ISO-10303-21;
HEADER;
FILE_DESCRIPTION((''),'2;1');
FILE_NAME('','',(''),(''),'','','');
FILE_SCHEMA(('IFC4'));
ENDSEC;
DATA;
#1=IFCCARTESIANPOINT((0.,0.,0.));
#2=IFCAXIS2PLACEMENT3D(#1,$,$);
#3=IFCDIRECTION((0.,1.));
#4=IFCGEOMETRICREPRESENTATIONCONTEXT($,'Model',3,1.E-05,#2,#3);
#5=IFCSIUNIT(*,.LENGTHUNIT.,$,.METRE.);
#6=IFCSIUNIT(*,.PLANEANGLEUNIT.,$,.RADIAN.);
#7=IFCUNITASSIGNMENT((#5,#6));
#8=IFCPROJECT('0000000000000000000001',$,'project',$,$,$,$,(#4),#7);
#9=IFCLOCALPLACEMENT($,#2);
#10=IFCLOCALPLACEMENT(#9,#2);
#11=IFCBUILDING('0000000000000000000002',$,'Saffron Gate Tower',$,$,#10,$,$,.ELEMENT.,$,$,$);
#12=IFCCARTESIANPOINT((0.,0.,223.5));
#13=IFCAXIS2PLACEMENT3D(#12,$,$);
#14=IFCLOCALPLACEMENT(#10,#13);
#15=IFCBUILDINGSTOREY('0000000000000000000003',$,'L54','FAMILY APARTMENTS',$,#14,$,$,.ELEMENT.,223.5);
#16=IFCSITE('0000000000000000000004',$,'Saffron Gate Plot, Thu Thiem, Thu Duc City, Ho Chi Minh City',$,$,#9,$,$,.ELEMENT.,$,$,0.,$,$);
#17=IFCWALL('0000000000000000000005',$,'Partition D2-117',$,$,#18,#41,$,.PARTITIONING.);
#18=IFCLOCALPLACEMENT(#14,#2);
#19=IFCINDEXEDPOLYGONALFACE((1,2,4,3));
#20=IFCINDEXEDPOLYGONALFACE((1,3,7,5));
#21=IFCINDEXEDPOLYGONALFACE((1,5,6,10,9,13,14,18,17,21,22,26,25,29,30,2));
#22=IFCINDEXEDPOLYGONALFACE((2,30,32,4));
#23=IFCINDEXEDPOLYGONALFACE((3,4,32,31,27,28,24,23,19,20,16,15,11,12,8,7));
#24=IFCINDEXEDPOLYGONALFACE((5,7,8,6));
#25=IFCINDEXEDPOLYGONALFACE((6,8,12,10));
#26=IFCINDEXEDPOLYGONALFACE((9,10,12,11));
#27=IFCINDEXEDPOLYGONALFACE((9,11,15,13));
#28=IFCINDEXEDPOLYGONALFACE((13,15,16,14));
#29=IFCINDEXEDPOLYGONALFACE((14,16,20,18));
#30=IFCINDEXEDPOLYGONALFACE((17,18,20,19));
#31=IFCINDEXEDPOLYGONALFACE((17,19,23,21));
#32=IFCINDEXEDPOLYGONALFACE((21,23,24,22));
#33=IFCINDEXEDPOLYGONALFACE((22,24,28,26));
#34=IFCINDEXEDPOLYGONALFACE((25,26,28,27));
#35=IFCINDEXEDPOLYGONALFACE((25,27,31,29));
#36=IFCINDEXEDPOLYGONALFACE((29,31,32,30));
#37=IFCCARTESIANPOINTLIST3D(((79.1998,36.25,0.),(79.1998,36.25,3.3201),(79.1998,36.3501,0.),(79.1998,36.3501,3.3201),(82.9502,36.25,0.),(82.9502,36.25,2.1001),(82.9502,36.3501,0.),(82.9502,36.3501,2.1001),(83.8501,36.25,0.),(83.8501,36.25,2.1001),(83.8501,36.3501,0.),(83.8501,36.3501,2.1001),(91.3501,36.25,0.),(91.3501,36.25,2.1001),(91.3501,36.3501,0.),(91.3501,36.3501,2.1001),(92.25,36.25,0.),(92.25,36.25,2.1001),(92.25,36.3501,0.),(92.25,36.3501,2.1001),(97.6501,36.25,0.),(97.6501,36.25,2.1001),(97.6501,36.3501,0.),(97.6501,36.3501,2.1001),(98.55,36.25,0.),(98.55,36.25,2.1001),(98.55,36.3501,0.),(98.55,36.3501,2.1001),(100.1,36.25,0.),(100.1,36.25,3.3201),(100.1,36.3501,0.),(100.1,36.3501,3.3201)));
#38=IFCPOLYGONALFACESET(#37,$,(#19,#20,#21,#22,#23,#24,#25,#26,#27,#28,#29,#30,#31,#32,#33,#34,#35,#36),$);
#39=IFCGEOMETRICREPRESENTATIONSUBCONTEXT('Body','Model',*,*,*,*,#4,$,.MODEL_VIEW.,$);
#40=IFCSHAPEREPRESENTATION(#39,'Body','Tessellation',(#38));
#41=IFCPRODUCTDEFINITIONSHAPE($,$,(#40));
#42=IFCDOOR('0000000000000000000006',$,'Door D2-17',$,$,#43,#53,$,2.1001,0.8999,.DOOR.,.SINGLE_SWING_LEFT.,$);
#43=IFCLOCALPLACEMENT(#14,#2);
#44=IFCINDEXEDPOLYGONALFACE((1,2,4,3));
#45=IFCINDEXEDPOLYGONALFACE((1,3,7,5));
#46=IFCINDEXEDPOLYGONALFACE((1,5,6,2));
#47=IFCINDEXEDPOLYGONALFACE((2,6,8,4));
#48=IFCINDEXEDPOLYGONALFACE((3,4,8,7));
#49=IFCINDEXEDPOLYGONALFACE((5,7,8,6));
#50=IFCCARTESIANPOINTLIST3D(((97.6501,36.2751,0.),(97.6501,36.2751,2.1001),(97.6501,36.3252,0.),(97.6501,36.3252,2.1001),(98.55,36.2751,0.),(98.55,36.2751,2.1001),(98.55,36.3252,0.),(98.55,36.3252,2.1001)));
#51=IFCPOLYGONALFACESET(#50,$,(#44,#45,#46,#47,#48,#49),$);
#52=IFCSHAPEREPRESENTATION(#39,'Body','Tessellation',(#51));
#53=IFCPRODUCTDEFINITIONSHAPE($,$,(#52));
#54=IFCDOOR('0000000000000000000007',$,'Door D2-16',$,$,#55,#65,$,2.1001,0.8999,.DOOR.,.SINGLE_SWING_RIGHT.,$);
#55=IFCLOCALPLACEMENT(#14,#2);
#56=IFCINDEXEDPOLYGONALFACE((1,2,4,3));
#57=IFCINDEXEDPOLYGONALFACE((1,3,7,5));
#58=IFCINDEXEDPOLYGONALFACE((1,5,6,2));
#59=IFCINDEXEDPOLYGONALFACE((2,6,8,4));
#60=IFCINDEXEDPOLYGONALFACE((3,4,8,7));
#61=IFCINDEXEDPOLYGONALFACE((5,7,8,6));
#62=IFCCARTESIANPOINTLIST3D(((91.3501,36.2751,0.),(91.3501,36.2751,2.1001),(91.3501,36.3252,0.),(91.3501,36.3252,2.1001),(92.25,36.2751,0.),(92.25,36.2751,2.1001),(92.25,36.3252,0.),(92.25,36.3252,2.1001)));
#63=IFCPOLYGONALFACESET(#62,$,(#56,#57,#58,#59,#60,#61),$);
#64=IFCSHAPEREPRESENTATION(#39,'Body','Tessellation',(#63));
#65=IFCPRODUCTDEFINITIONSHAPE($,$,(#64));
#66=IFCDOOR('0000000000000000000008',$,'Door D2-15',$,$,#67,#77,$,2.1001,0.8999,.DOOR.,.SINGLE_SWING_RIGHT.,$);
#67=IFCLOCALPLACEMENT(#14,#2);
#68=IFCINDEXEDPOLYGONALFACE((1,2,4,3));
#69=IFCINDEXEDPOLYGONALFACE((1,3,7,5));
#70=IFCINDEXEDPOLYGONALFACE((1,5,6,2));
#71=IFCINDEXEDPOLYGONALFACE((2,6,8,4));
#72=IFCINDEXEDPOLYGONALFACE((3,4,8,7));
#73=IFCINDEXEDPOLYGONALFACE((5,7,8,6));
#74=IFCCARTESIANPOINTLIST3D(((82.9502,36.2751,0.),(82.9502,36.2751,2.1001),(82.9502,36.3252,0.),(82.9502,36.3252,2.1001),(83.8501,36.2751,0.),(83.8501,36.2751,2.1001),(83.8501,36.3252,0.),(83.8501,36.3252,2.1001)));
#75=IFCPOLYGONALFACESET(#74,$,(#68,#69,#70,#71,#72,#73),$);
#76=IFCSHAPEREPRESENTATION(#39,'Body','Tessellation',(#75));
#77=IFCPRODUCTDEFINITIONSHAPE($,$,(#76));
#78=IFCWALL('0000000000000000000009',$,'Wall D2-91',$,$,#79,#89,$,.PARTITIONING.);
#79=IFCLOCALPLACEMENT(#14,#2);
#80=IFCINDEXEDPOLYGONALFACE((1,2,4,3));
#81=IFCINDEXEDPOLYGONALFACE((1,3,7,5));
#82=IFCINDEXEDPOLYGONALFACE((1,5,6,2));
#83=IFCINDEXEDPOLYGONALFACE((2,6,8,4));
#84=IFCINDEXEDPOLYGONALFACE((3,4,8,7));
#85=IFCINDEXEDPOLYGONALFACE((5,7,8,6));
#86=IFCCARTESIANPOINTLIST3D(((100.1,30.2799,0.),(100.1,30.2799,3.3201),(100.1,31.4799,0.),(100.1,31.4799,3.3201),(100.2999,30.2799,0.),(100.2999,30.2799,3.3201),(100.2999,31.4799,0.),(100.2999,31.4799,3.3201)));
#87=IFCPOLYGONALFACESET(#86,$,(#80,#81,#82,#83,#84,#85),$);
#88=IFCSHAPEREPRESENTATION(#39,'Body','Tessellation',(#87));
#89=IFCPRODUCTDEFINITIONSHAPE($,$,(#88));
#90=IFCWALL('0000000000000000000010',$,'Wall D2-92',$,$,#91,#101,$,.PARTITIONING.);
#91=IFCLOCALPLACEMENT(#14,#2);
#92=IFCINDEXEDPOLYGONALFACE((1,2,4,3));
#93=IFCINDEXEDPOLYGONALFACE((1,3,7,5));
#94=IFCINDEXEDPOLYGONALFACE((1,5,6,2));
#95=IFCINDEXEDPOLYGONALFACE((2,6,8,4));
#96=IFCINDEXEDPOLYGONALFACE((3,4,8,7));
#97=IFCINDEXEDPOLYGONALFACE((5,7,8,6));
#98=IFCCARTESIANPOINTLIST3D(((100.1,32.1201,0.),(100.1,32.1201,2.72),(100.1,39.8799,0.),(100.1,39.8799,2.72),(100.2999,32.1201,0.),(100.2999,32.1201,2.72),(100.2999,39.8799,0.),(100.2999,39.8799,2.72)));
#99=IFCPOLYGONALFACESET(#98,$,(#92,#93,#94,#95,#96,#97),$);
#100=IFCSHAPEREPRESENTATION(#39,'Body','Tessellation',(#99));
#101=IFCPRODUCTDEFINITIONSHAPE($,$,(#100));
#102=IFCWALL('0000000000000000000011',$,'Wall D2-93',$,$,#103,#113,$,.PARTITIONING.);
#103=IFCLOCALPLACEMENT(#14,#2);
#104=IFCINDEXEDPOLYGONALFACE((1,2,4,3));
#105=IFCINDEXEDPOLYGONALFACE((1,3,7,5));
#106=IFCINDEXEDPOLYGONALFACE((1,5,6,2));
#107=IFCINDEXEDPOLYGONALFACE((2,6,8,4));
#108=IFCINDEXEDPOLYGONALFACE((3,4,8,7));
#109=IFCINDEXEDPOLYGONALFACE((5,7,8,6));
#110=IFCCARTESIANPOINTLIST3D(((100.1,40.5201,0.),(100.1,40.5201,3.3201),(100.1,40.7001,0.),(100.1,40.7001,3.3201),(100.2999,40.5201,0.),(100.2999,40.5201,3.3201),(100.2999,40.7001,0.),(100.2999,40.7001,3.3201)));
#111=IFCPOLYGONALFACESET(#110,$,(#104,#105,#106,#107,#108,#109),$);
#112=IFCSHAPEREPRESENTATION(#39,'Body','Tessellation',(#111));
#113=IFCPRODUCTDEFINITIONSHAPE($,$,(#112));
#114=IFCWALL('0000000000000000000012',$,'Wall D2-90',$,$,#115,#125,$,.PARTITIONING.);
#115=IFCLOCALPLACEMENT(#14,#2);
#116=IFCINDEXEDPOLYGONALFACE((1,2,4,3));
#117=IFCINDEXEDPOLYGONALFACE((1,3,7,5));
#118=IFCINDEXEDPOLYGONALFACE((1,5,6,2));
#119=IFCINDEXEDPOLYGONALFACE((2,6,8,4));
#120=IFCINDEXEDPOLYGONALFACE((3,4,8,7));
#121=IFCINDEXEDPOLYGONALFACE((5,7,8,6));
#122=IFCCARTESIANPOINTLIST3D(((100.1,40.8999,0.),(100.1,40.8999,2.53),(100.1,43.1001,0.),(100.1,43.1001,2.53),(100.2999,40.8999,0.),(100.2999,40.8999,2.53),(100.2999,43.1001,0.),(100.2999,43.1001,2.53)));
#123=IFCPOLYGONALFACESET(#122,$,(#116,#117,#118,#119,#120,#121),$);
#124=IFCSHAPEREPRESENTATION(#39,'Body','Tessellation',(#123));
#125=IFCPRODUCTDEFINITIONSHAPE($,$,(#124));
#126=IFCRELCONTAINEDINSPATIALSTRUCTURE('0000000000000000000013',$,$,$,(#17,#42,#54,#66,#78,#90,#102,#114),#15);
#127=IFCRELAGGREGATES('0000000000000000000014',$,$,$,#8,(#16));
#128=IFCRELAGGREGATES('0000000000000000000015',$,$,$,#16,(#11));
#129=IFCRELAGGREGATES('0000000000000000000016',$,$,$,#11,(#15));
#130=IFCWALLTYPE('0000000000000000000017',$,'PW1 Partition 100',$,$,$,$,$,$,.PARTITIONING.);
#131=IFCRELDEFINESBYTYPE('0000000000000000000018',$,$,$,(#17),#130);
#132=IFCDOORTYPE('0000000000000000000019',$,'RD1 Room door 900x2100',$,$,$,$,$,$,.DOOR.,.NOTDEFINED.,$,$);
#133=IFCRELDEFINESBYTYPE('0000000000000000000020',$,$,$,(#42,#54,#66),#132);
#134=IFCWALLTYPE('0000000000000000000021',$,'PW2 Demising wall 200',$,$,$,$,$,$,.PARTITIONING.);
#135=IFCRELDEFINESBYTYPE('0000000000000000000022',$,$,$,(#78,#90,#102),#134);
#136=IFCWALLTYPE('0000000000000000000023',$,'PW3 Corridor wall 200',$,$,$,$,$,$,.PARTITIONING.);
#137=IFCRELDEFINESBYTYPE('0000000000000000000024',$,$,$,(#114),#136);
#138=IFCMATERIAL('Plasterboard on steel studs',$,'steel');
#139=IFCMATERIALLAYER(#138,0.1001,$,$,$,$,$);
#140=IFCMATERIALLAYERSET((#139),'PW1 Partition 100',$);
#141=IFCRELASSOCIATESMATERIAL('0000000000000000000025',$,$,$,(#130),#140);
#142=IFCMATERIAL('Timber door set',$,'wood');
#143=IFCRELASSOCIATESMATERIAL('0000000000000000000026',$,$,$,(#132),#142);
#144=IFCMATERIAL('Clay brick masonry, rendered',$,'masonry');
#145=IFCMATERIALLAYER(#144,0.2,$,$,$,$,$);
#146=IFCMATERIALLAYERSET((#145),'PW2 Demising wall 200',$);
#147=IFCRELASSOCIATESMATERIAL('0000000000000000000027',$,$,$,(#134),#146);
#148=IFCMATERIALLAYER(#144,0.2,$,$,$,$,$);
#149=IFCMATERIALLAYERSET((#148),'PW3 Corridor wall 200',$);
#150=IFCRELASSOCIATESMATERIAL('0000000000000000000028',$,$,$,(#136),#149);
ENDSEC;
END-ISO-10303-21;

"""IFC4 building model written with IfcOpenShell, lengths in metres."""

from ifc_helpers import new_model, si_unit, direction, frame, frame_2d, origin, place, context, subcontext, project, spatial, rectangle, extrude, material, layer, layer_set, type_object, element, fill, save


model = new_model("IFC4")

# Units and contexts
model_context = context("Model", 3, precision=1e-05, world=origin(), true_north=direction((0.0, 1.0)))
body_context = subcontext(model_context, "Body", "Model", "MODEL_VIEW")
ifc_project = project(units=[si_unit("LENGTHUNIT", "METRE"), si_unit("PLANEANGLEUNIT", "RADIAN")], contexts=[model_context])

# Site, building, storey
site_placement = place(None, origin())
site = spatial("IfcSite", under=ifc_project, at=site_placement, Name="Saffron Gate Plot, Thu Thiem, Thu Duc City, Ho Chi Minh City", CompositionType="ELEMENT", RefElevation=0.0)
building_placement = place(site_placement, origin())
building = spatial("IfcBuilding", under=site, at=building_placement, Name="Saffron Gate Tower", CompositionType="ELEMENT")
storey_placement = place(building_placement, frame((0.0, 0.0, 223.5)))
storey = spatial("IfcBuildingStorey", under=building, at=storey_placement, Name="L54", Description="FAMILY APARTMENTS", CompositionType="ELEMENT", Elevation=223.5)

# Shared definitions
ifc_material_1 = material(Name="Plasterboard on steel studs", Category="steel")
ifc_layer_1 = layer(ifc_material_1, 0.1001)
ifc_layer_set_1 = layer_set([ifc_layer_1], Name="PW1 Partition 100")
wall_type_1 = type_object("IfcWallType", Name="PW1 Partition 100", PredefinedType="PARTITIONING", material=ifc_layer_set_1)

# Wall, openings, doors
wall_1_placement = place(storey_placement, frame((100.1001, 36.3, 0.0), z_axis=(0.0, 0.0, 1.0), x_axis=(-1.0, 0.0, 0.0)))
wall_1 = element("IfcWall", 1, at=wall_1_placement, inside=storey, type_object=wall_type_1, Name="Partition D2-117", PredefinedType="PARTITIONING", context=body_context, shape_type="SweptSolid", body=[
    extrude(rectangle(XDim=20.9001, YDim=0.1001, at=frame_2d((10.4502, 0.0))), origin(), (0.0, 0.0, 1.0), 3.3201),
])
opening_1_placement = place(wall_1_placement, frame((1.55, 0.0, 0.0)))
opening_1 = element("IfcOpeningElement", 2, at=opening_1_placement, cuts=wall_1, PredefinedType="OPENING", context=body_context, shape_type="SweptSolid", body=[
    extrude(rectangle(XDim=0.8999, YDim=2.1001, at=frame_2d((0.45, 1.05))), frame((0.0, 0.0601, 0.0), z_axis=(0.0, -1.0, 0.0), x_axis=(1.0, 0.0, 0.0)), (0.0, 0.0, 1.0), 0.1201),
])
opening_2_placement = place(wall_1_placement, frame((7.8501, 0.0, 0.0)))
opening_2 = element("IfcOpeningElement", 3, at=opening_2_placement, cuts=wall_1, PredefinedType="OPENING", context=body_context, shape_type="SweptSolid", body=[
    extrude(rectangle(XDim=0.8999, YDim=2.1001, at=frame_2d((0.45, 1.05))), frame((0.0, 0.0601, 0.0), z_axis=(0.0, -1.0, 0.0), x_axis=(1.0, 0.0, 0.0)), (0.0, 0.0, 1.0), 0.1201),
])
opening_3_placement = place(wall_1_placement, frame((16.25, 0.0, 0.0)))
opening_3 = element("IfcOpeningElement", 4, at=opening_3_placement, cuts=wall_1, PredefinedType="OPENING", context=body_context, shape_type="SweptSolid", body=[
    extrude(rectangle(XDim=0.8999, YDim=2.1001, at=frame_2d((0.45, 1.05))), frame((0.0, 0.0601, 0.0), z_axis=(0.0, -1.0, 0.0), x_axis=(1.0, 0.0, 0.0)), (0.0, 0.0, 1.0), 0.1201),
])
ifc_material_2 = material(Name="Timber door set", Category="wood")
door_type = type_object("IfcDoorType", Name="RD1 Room door 900x2100", OperationType="NOTDEFINED", PredefinedType="DOOR", material=ifc_material_2)
door_1_placement = place(opening_1_placement, origin())
door_1 = element("IfcDoor", 5, at=door_1_placement, inside=storey, type_object=door_type, Name="Door D2-17", OperationType="SINGLE_SWING_LEFT", OverallHeight=2.1001, OverallWidth=0.8999, PredefinedType="DOOR", context=body_context, shape_type="SweptSolid", body=[
    extrude(rectangle(XDim=0.8999, YDim=2.1001, at=frame_2d((0.45, 1.05))), frame((0.0, 0.0249, 0.0), z_axis=(0.0, -1.0, 0.0), x_axis=(1.0, 0.0, 0.0)), (0.0, 0.0, 1.0), 0.05),
])
fill(opening_1, door_1)
door_2_placement = place(opening_2_placement, origin())
door_2 = element("IfcDoor", 6, at=door_2_placement, inside=storey, type_object=door_type, Name="Door D2-16", OperationType="SINGLE_SWING_RIGHT", OverallHeight=2.1001, OverallWidth=0.8999, PredefinedType="DOOR", context=body_context, shape_type="SweptSolid", body=[
    extrude(rectangle(XDim=0.8999, YDim=2.1001, at=frame_2d((0.45, 1.05))), frame((0.0, 0.0249, 0.0), z_axis=(0.0, -1.0, 0.0), x_axis=(1.0, 0.0, 0.0)), (0.0, 0.0, 1.0), 0.05),
])
fill(opening_2, door_2)
door_3_placement = place(opening_3_placement, origin())
door_3 = element("IfcDoor", 7, at=door_3_placement, inside=storey, type_object=door_type, Name="Door D2-15", OperationType="SINGLE_SWING_RIGHT", OverallHeight=2.1001, OverallWidth=0.8999, PredefinedType="DOOR", context=body_context, shape_type="SweptSolid", body=[
    extrude(rectangle(XDim=0.8999, YDim=2.1001, at=frame_2d((0.45, 1.05))), frame((0.0, 0.0249, 0.0), z_axis=(0.0, -1.0, 0.0), x_axis=(1.0, 0.0, 0.0)), (0.0, 0.0, 1.0), 0.05),
])
fill(opening_3, door_3)

# Walls
ifc_material_3 = material(Name="Clay brick masonry, rendered", Category="masonry")
ifc_layer_2 = layer(ifc_material_3, 0.2)
ifc_layer_set_2 = layer_set([ifc_layer_2], Name="PW2 Demising wall 200")
wall_type_2 = type_object("IfcWallType", Name="PW2 Demising wall 200", PredefinedType="PARTITIONING", material=ifc_layer_set_2)
wall_2_placement = place(storey_placement, frame((100.2, 31.48, 0.0), z_axis=(0.0, 0.0, 1.0), x_axis=(0.0, -1.0, 0.0)))
element("IfcWall", 8, at=wall_2_placement, inside=storey, type_object=wall_type_2, Name="Wall D2-91", PredefinedType="PARTITIONING", context=body_context, shape_type="SweptSolid", body=[
    extrude(rectangle(XDim=1.2, YDim=0.2, at=frame_2d((0.6001, 0.0))), origin(), (0.0, 0.0, 1.0), 3.3201),
])
wall_3_placement = place(storey_placement, frame((100.2, 39.8799, 0.0), z_axis=(0.0, 0.0, 1.0), x_axis=(0.0, -1.0, 0.0)))
element("IfcWall", 9, at=wall_3_placement, inside=storey, type_object=wall_type_2, Name="Wall D2-92", PredefinedType="PARTITIONING", context=body_context, shape_type="SweptSolid", body=[
    extrude(rectangle(XDim=7.7598, YDim=0.2, at=frame_2d((3.8799, 0.0))), origin(), (0.0, 0.0, 1.0), 2.72),
])
wall_4_placement = place(storey_placement, frame((100.2, 40.7, 0.0), z_axis=(0.0, 0.0, 1.0), x_axis=(0.0, -1.0, 0.0)))
element("IfcWall", 10, at=wall_4_placement, inside=storey, type_object=wall_type_2, Name="Wall D2-93", PredefinedType="PARTITIONING", context=body_context, shape_type="SweptSolid", body=[
    extrude(rectangle(XDim=0.1799, YDim=0.2, at=frame_2d((0.0898, 0.0))), origin(), (0.0, 0.0, 1.0), 3.3201),
])
ifc_layer_3 = layer(ifc_material_3, 0.2)
ifc_layer_set_3 = layer_set([ifc_layer_3], Name="PW3 Corridor wall 200")
wall_type_3 = type_object("IfcWallType", Name="PW3 Corridor wall 200", PredefinedType="PARTITIONING", material=ifc_layer_set_3)
wall_5_placement = place(storey_placement, frame((100.2, 43.1001, 0.0), z_axis=(0.0, 0.0, 1.0), x_axis=(0.0, -1.0, 0.0)))
element("IfcWall", 11, at=wall_5_placement, inside=storey, type_object=wall_type_3, Name="Wall D2-90", PredefinedType="PARTITIONING", context=body_context, shape_type="SweptSolid", body=[
    extrude(rectangle(XDim=2.2002, YDim=0.2, at=frame_2d((1.1001, 0.0))), origin(), (0.0, 0.0, 1.0), 2.53),
])

save(model, "model.ifc")
